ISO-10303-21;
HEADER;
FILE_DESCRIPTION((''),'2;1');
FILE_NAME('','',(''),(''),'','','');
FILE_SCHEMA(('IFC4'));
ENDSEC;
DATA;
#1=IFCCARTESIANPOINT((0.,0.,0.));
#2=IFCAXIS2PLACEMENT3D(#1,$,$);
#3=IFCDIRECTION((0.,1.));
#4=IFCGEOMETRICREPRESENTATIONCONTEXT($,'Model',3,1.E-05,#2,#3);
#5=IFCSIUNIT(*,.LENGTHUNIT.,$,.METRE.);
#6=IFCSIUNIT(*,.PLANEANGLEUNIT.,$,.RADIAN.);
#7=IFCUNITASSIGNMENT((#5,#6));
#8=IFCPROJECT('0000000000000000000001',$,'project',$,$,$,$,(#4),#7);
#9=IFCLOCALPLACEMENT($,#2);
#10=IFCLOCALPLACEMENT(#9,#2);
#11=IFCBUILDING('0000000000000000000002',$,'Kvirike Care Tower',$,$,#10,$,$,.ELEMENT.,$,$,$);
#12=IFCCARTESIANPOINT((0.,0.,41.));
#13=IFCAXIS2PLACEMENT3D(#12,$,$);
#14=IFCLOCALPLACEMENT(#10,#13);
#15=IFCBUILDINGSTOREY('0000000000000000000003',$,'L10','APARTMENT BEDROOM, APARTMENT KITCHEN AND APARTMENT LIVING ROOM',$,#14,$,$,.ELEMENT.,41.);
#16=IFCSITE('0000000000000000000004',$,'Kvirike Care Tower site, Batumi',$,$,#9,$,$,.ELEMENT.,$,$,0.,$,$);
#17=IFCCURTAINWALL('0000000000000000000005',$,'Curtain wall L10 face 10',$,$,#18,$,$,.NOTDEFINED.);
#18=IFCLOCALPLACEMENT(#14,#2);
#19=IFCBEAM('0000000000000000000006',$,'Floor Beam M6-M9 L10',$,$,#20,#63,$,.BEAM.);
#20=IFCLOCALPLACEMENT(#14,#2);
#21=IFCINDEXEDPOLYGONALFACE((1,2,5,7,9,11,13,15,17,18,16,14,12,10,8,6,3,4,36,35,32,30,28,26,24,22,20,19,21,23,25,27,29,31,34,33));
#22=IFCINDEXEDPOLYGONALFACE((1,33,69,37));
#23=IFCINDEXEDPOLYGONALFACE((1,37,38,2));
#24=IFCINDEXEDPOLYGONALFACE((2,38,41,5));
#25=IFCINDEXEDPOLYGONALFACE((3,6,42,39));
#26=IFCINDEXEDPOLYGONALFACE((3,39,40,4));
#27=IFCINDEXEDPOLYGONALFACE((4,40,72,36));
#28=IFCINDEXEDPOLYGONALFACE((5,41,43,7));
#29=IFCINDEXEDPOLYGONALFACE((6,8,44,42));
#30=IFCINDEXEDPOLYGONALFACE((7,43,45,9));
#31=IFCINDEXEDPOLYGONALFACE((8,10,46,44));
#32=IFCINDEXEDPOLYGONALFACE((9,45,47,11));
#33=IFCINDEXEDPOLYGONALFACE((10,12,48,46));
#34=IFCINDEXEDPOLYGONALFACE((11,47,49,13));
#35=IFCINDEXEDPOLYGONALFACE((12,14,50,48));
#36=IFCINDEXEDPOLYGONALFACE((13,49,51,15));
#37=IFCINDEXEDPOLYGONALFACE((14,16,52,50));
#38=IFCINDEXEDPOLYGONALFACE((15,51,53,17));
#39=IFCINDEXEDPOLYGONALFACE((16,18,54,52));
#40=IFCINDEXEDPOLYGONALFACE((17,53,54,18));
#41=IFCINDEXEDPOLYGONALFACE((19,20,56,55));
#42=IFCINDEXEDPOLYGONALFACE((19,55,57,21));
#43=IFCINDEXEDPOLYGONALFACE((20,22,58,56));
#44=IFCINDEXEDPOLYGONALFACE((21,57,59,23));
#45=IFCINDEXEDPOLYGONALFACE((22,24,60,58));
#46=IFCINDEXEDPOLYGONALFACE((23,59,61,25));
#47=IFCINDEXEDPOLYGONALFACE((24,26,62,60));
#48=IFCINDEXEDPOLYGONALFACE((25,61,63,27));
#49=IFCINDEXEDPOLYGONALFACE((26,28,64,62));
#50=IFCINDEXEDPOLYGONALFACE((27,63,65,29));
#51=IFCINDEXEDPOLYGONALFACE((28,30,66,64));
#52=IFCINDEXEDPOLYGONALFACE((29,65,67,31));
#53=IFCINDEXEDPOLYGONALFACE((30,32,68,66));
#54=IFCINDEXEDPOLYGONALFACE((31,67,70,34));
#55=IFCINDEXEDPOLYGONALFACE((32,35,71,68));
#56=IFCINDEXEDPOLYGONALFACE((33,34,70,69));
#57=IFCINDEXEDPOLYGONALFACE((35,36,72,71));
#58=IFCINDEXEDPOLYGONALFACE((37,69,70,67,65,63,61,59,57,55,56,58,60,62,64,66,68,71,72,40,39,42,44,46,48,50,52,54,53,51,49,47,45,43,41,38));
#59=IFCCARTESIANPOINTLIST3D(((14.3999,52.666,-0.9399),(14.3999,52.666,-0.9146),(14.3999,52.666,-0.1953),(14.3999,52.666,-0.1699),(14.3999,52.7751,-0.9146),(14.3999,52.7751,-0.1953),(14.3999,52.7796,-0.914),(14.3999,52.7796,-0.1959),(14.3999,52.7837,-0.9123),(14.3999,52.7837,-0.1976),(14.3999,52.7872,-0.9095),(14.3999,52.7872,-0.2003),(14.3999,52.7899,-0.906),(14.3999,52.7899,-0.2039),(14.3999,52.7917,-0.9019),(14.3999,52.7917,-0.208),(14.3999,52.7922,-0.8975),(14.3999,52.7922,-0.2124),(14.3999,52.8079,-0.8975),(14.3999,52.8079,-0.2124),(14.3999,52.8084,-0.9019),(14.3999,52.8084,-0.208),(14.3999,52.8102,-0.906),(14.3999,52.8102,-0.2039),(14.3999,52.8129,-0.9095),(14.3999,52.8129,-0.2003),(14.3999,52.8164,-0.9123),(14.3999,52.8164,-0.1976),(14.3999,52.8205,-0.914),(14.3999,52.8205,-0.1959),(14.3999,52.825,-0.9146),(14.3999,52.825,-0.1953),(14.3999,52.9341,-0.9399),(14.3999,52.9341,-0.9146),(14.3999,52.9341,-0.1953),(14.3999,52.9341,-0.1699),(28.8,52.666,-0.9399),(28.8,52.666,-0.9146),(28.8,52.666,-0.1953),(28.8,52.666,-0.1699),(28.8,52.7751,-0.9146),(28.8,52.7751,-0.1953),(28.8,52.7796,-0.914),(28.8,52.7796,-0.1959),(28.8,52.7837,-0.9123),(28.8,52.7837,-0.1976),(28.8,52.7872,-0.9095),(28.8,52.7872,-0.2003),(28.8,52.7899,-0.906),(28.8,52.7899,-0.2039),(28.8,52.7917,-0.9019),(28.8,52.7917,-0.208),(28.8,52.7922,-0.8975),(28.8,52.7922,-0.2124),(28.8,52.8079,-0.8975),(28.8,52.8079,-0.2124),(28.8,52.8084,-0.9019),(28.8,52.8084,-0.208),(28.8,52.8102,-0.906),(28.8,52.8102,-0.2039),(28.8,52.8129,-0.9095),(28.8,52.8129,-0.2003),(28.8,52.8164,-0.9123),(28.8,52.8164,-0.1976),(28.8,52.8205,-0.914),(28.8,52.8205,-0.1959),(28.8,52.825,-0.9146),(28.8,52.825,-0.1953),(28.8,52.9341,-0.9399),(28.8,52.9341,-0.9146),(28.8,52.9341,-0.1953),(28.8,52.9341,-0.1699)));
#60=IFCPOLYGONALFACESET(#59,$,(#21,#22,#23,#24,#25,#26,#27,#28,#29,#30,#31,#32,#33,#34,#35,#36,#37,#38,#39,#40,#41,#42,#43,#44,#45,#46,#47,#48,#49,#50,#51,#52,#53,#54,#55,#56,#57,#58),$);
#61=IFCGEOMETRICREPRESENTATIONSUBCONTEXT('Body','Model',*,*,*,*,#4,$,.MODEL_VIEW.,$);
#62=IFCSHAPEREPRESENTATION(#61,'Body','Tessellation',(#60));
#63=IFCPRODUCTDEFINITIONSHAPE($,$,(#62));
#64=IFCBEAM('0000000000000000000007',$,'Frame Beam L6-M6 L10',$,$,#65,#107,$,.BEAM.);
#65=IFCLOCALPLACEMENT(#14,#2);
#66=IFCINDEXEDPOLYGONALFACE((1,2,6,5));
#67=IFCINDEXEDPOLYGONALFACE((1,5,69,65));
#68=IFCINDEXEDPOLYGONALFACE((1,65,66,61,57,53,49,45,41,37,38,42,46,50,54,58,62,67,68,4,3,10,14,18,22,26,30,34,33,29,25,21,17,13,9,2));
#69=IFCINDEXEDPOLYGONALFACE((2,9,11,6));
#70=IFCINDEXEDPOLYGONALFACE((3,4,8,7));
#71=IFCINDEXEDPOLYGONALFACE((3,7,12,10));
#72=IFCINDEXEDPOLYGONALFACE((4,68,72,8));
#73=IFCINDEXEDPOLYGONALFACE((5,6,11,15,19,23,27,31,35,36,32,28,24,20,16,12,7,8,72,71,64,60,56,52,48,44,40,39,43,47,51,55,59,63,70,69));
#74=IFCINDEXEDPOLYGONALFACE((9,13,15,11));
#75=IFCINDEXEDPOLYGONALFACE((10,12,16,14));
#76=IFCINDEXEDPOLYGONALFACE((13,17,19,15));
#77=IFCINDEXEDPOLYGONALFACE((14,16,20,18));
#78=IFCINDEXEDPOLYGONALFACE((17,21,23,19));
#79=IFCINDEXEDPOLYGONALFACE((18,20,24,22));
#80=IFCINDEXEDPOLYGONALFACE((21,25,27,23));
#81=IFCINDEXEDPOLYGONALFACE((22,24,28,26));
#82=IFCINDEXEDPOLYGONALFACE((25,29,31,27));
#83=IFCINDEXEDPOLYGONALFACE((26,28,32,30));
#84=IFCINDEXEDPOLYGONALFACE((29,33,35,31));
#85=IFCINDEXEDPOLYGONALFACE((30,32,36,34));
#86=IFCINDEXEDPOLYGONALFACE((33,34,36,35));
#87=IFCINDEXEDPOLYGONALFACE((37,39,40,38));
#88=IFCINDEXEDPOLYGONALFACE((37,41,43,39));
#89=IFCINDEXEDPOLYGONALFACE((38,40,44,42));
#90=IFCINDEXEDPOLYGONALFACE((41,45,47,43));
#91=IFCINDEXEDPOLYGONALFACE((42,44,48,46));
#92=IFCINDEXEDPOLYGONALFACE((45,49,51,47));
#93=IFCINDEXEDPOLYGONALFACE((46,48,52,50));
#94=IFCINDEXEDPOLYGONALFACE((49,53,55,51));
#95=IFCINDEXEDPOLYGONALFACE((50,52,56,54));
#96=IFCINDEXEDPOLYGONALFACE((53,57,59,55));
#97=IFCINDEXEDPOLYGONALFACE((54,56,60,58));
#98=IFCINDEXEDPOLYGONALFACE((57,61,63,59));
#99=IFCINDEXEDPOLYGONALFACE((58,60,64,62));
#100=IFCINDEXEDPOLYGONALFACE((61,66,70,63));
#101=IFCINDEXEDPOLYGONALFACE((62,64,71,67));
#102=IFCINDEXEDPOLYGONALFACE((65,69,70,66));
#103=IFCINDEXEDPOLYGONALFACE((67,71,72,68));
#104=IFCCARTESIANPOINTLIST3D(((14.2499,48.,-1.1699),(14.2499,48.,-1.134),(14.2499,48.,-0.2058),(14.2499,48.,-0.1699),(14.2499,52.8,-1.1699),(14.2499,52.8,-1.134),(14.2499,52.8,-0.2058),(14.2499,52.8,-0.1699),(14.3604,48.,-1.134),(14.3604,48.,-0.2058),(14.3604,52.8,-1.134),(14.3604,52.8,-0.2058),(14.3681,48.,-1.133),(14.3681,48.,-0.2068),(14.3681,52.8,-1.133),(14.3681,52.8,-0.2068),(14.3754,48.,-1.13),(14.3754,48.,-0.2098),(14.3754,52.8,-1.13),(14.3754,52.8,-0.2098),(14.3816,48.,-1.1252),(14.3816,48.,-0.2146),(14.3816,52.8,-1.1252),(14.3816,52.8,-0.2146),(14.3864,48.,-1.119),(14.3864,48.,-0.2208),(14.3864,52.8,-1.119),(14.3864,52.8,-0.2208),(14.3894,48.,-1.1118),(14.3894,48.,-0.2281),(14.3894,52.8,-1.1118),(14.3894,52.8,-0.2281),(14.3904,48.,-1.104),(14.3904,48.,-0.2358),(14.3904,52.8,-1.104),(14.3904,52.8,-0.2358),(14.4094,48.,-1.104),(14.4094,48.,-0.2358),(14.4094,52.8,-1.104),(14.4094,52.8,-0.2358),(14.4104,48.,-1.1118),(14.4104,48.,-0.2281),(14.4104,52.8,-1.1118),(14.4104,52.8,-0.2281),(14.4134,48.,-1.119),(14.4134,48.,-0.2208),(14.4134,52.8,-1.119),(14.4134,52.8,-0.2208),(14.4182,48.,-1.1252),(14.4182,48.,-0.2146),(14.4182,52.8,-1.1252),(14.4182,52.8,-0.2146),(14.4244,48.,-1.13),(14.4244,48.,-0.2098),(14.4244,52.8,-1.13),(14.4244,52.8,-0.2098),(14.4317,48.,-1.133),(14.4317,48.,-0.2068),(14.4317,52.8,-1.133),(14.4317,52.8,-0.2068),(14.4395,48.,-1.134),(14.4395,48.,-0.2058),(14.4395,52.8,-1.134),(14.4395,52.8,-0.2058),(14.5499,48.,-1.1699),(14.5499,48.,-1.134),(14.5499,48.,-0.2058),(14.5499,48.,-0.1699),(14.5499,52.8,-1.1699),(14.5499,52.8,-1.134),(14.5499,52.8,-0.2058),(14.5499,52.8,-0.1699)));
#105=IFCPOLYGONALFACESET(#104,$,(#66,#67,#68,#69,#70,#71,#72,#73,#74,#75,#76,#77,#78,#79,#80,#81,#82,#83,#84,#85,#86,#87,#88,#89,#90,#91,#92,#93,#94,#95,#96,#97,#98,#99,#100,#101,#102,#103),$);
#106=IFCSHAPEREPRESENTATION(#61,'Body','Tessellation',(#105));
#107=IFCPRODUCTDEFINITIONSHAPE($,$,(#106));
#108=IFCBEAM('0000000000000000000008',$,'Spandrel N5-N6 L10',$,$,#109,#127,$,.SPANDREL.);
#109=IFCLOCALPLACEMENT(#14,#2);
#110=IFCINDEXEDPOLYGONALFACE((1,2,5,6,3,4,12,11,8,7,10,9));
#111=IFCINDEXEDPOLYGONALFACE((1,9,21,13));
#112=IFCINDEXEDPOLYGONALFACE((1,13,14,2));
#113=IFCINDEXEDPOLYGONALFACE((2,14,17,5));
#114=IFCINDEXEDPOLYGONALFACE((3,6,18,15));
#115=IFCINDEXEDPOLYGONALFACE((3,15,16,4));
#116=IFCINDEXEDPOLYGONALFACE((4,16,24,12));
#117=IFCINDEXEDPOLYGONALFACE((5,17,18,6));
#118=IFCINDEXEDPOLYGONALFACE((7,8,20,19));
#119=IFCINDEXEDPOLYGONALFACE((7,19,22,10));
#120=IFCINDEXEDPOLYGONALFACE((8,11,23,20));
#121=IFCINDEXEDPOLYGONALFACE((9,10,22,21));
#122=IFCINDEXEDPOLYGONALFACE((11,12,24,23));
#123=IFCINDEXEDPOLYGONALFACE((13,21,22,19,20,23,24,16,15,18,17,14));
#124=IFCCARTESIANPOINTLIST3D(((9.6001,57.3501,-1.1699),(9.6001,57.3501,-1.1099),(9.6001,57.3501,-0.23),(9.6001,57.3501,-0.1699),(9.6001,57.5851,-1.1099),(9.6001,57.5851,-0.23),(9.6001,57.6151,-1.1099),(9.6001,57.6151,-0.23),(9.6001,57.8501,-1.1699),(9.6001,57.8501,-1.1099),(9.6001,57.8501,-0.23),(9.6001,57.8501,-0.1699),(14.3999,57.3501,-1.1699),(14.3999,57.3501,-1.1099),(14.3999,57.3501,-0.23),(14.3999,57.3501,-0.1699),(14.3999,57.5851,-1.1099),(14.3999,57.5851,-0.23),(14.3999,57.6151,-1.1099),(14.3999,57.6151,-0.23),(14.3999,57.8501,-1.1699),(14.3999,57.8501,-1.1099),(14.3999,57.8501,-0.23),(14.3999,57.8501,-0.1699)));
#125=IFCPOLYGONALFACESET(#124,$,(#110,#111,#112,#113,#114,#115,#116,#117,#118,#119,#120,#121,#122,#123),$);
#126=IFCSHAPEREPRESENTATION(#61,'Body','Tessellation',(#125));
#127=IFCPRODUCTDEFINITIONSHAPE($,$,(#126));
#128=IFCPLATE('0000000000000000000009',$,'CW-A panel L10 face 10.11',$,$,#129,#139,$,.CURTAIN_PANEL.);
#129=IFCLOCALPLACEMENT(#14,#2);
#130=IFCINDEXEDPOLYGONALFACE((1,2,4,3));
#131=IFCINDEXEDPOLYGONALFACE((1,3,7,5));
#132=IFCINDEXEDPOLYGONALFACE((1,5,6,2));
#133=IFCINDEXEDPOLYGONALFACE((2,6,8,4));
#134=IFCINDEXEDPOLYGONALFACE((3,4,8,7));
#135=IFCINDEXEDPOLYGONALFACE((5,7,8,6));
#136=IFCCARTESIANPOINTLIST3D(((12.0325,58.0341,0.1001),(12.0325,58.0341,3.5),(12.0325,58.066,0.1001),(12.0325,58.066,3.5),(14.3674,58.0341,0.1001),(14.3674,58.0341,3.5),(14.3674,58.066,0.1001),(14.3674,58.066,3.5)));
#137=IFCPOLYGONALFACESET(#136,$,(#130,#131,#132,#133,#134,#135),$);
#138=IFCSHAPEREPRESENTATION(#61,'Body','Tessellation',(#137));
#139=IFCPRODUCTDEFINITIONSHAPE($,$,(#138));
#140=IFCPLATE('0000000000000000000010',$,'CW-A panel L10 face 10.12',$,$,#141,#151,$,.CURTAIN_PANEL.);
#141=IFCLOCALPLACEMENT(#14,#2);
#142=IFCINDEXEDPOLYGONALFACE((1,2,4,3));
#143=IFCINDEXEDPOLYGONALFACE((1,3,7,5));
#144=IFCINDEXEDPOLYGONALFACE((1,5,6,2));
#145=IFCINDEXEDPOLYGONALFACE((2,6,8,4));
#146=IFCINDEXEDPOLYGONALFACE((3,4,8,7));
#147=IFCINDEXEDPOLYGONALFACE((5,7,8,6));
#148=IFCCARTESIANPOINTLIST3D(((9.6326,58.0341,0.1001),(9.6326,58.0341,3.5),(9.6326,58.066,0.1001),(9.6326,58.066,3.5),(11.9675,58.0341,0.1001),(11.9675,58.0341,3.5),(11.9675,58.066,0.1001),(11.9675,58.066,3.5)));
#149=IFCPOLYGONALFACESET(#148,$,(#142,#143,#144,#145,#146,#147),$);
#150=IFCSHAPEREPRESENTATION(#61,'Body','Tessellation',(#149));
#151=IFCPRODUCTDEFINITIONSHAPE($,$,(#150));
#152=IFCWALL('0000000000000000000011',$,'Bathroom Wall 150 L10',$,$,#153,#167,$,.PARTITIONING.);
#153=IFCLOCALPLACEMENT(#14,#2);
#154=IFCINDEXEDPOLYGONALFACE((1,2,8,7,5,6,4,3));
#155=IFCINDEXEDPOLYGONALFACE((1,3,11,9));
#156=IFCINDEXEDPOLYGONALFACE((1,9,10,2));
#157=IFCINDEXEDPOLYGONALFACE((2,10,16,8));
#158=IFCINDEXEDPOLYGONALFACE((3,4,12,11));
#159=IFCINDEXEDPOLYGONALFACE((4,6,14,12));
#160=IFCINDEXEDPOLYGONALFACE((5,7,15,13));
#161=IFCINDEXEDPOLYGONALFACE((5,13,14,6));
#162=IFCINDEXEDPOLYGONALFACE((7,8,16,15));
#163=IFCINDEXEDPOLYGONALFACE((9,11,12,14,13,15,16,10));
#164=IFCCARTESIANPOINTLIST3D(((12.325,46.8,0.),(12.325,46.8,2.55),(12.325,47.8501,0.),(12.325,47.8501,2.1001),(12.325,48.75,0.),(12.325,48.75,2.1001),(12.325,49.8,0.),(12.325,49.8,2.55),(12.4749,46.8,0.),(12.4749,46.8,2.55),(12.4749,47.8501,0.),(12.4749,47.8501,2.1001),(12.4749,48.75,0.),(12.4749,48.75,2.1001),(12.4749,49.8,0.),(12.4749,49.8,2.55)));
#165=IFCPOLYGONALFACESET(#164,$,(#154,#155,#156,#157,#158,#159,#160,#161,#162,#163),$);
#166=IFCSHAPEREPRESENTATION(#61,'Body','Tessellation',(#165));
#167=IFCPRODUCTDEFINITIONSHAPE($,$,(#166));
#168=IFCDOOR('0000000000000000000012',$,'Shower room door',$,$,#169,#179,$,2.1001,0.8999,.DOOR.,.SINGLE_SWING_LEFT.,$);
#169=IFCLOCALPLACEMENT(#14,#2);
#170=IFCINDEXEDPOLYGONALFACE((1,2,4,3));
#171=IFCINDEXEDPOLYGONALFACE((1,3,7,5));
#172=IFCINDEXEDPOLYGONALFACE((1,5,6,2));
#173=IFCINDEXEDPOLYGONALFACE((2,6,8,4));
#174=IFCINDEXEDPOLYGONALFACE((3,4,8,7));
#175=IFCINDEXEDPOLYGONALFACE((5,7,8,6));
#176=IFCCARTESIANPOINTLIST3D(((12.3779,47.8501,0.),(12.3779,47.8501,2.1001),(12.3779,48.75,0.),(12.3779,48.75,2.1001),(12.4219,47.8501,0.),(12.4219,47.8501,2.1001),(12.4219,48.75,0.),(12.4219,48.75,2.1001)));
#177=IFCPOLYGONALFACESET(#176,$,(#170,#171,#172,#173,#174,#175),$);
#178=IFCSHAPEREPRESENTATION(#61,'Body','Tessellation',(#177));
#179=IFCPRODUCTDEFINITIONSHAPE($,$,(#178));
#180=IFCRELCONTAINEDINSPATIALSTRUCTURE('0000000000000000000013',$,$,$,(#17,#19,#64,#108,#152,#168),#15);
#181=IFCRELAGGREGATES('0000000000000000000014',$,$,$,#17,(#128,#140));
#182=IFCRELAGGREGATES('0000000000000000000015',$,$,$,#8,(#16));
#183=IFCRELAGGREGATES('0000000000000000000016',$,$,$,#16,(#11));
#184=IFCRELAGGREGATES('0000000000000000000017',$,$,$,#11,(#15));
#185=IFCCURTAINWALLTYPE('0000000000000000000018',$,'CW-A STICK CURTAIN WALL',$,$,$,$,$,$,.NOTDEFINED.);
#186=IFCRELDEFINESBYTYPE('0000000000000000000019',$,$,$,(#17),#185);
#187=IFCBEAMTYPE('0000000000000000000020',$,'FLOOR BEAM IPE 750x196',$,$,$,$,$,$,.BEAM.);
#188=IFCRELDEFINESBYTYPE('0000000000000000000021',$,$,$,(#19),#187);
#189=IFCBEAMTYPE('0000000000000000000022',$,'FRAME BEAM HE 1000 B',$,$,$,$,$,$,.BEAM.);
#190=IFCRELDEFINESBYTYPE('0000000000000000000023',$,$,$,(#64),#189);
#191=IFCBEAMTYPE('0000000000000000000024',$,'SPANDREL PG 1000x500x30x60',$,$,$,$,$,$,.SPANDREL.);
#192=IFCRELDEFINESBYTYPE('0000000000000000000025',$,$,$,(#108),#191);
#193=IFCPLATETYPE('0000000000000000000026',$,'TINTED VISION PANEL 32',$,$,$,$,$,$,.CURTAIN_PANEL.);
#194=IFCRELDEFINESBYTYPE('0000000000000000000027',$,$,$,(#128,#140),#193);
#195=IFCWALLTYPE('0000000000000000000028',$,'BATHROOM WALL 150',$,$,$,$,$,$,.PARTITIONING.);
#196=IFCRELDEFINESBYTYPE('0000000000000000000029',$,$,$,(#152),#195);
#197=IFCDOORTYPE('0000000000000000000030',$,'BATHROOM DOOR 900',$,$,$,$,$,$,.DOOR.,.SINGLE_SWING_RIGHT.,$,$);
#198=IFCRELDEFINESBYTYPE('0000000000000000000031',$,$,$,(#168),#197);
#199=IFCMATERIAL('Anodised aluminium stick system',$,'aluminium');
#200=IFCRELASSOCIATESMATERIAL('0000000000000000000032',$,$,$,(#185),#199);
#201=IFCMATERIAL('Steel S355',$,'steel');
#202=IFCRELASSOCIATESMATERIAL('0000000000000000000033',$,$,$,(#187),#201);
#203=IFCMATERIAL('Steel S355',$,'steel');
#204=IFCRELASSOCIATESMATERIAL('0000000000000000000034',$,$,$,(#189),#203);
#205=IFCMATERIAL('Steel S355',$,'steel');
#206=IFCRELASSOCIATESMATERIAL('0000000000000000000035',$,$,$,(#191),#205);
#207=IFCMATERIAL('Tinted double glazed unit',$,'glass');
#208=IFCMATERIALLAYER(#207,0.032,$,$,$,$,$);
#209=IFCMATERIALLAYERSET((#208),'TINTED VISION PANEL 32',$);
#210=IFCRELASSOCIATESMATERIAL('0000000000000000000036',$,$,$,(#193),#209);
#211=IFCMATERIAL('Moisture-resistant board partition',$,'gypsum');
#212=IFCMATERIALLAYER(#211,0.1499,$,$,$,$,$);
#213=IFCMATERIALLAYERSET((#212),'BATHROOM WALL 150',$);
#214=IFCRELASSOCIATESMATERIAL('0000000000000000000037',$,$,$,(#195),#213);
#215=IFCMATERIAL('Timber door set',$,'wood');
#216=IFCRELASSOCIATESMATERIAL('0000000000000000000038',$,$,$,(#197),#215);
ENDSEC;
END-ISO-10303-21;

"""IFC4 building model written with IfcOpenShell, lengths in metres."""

from ifc_helpers import new_model, si_unit, direction, frame, frame_2d, origin, origin_2d, place, context, subcontext, project, spatial, rectangle, i_section, extrude, material, layer, layer_set, material_profile, profile_set, type_object, element, fill, aggregate, save


model = new_model("IFC4")

# Units and contexts
model_context = context("Model", 3, precision=1e-05, world=origin(), true_north=direction((0.0, 1.0)))
body_context = subcontext(model_context, "Body", "Model", "MODEL_VIEW")
ifc_project = project(units=[si_unit("LENGTHUNIT", "METRE"), si_unit("PLANEANGLEUNIT", "RADIAN")], contexts=[model_context])

# Site, building, storey
site_placement = place(None, origin())
site = spatial("IfcSite", under=ifc_project, at=site_placement, Name="Kvirike Care Tower site, Batumi", CompositionType="ELEMENT", RefElevation=0.0)
building_placement = place(site_placement, origin())
building = spatial("IfcBuilding", under=site, at=building_placement, Name="Kvirike Care Tower", CompositionType="ELEMENT")
storey_placement = place(building_placement, frame((0.0, 0.0, 41.0)))
storey = spatial("IfcBuildingStorey", under=building, at=storey_placement, Name="L10", Description="APARTMENT BEDROOM, APARTMENT KITCHEN AND APARTMENT LIVING ROOM", CompositionType="ELEMENT", Elevation=41.0)

# Curtain wall
ifc_material_1 = material(Name="Anodised aluminium stick system", Category="aluminium")
curtain_wall_type = type_object("IfcCurtainWallType", Name="CW-A STICK CURTAIN WALL", PredefinedType="NOTDEFINED", material=ifc_material_1)
curtain_wall_placement = place(storey_placement, origin())
curtain_wall = element("IfcCurtainWall", 1, at=curtain_wall_placement, inside=storey, type_object=curtain_wall_type, Name="Curtain wall L10 face 10", PredefinedType="NOTDEFINED")

# Beams
ifc_material_2 = material(Name="Steel S355", Category="steel")
ifc_material_profile_1 = material_profile(ifc_material_2, i_section(OverallWidth=0.2681, OverallDepth=0.77, WebThickness=0.0156, FlangeThickness=0.0254, FilletRadius=0.0171, at=origin_2d()), Name="IPE 750x196")
ifc_profile_set_1 = profile_set([ifc_material_profile_1], Name="Steel S355")
beam_type_1 = type_object("IfcBeamType", Name="FLOOR BEAM IPE 750x196", PredefinedType="BEAM", material=ifc_profile_set_1)
for number, where, z_axis, x_axis, name in (
    (2, (14.3999, 52.8, -0.5549), (1.0, 0.0, 0.0), (0.0, 1.0, 0.0), "Floor Beam M6-M9 L10"),
):
    element("IfcBeam", number, at=place(storey_placement, frame(where, z_axis=z_axis, x_axis=x_axis)), inside=storey, type_object=beam_type_1, Name=name, PredefinedType="BEAM", context=body_context, shape_type="SweptSolid", body=[
        extrude(i_section(OverallWidth=0.2681, OverallDepth=0.77, WebThickness=0.0156, FlangeThickness=0.0254, FilletRadius=0.0171, at=origin_2d()), origin(), (0.0, 0.0, 1.0), 14.4001),
    ])
ifc_material_3 = material(Name="Steel S355", Category="steel")
ifc_material_profile_2 = material_profile(ifc_material_3, i_section(OverallWidth=0.3, OverallDepth=1.0, WebThickness=0.019, FlangeThickness=0.0359, FilletRadius=0.03, at=origin_2d()), Name="HE 1000 B")
ifc_profile_set_2 = profile_set([ifc_material_profile_2], Name="Steel S355")
beam_type_2 = type_object("IfcBeamType", Name="FRAME BEAM HE 1000 B", PredefinedType="BEAM", material=ifc_profile_set_2)
beam_1_placement = place(storey_placement, frame((14.3999, 48.0, -0.6699), z_axis=(0.0, 1.0, 0.0), x_axis=(-1.0, 0.0, 0.0)))
element("IfcBeam", 3, at=beam_1_placement, inside=storey, type_object=beam_type_2, Name="Frame Beam L6-M6 L10", PredefinedType="BEAM", context=body_context, shape_type="SweptSolid", body=[
    extrude(i_section(OverallWidth=0.3, OverallDepth=1.0, WebThickness=0.019, FlangeThickness=0.0359, FilletRadius=0.03, at=origin_2d()), origin(), (0.0, 0.0, 1.0), 4.8),
])
ifc_material_4 = material(Name="Steel S355", Category="steel")
ifc_material_profile_3 = material_profile(ifc_material_4, i_section(OverallWidth=0.5, OverallDepth=1.0, WebThickness=0.03, FlangeThickness=0.0601, at=origin_2d()), Name="PG 1000x500x30x60")
ifc_profile_set_3 = profile_set([ifc_material_profile_3], Name="Steel S355")
beam_type_3 = type_object("IfcBeamType", Name="SPANDREL PG 1000x500x30x60", PredefinedType="SPANDREL", material=ifc_profile_set_3)
beam_2_placement = place(storey_placement, frame((9.6001, 57.6001, -0.6699), z_axis=(1.0, 0.0, 0.0), x_axis=(0.0, 1.0, 0.0)))
element("IfcBeam", 4, at=beam_2_placement, inside=storey, type_object=beam_type_3, Name="Spandrel N5-N6 L10", PredefinedType="SPANDREL", context=body_context, shape_type="SweptSolid", body=[
    extrude(i_section(OverallWidth=0.5, OverallDepth=1.0, WebThickness=0.03, FlangeThickness=0.0601, at=origin_2d()), origin(), (0.0, 0.0, 1.0), 4.7998),
])

# Plates
ifc_material_5 = material(Name="Tinted double glazed unit", Category="glass")
ifc_layer_1 = layer(ifc_material_5, 0.032)
ifc_layer_set_1 = layer_set([ifc_layer_1], Name="TINTED VISION PANEL 32")
plate_type = type_object("IfcPlateType", Name="TINTED VISION PANEL 32", PredefinedType="CURTAIN_PANEL", material=ifc_layer_set_1)
plate_1_placement = place(storey_placement, frame((13.2, 58.05, 0.1001), z_axis=(0.0, 0.0, 1.0), x_axis=(-1.0, 0.0, 0.0)))
plate_1 = element("IfcPlate", 5, at=plate_1_placement, type_object=plate_type, Name="CW-A panel L10 face 10.11", PredefinedType="CURTAIN_PANEL", context=body_context, shape_type="SweptSolid", body=[
    extrude(rectangle(XDim=2.335, YDim=0.032, at=origin_2d()), origin(), (0.0, 0.0, 1.0), 3.3999),
])
plate_2_placement = place(storey_placement, frame((10.8, 58.05, 0.1001), z_axis=(0.0, 0.0, 1.0), x_axis=(-1.0, 0.0, 0.0)))
plate_2 = element("IfcPlate", 6, at=plate_2_placement, type_object=plate_type, Name="CW-A panel L10 face 10.12", PredefinedType="CURTAIN_PANEL", context=body_context, shape_type="SweptSolid", body=[
    extrude(rectangle(XDim=2.335, YDim=0.032, at=origin_2d()), origin(), (0.0, 0.0, 1.0), 3.3999),
])
aggregate(curtain_wall, [plate_1, plate_2])

# Wall, opening, door
ifc_material_6 = material(Name="Moisture-resistant board partition", Category="gypsum")
ifc_layer_2 = layer(ifc_material_6, 0.1499)
ifc_layer_set_2 = layer_set([ifc_layer_2], Name="BATHROOM WALL 150")
wall_type_1 = type_object("IfcWallType", Name="BATHROOM WALL 150", PredefinedType="PARTITIONING", material=ifc_layer_set_2)
wall_1_placement = place(storey_placement, frame((12.3999, 49.8, 0.0), z_axis=(0.0, 0.0, 1.0), x_axis=(0.0, -1.0, 0.0)))
wall_1 = element("IfcWall", 7, at=wall_1_placement, inside=storey, type_object=wall_type_1, Name="Bathroom Wall 150 L10", PredefinedType="PARTITIONING", context=body_context, shape_type="SweptSolid", body=[
    extrude(rectangle(XDim=3.0, YDim=0.1499, at=frame_2d((1.5, 0.0))), origin(), (0.0, 0.0, 1.0), 2.55),
])
opening_1_placement = place(wall_1_placement, frame((1.05, 0.0, 0.0)))
opening_1 = element("IfcOpeningElement", 8, at=opening_1_placement, cuts=wall_1, PredefinedType="OPENING", context=body_context, shape_type="SweptSolid", body=[
    extrude(rectangle(XDim=0.8999, YDim=2.1001, at=frame_2d((0.45, 1.05))), frame((0.0, 0.0854, 0.0), z_axis=(0.0, -1.0, 0.0), x_axis=(1.0, 0.0, 0.0)), (0.0, 0.0, 1.0), 0.1709),
])
ifc_material_7 = material(Name="Timber door set", Category="wood")
door_type_1 = type_object("IfcDoorType", Name="BATHROOM DOOR 900", OperationType="SINGLE_SWING_RIGHT", PredefinedType="DOOR", material=ifc_material_7)
door_1_placement = place(opening_1_placement, frame((0.8999, 0.0, 0.0), z_axis=(0.0, 0.0, 1.0), x_axis=(-1.0, 0.0, 0.0)))
door_1 = element("IfcDoor", 9, at=door_1_placement, inside=storey, type_object=door_type_1, Name="Shower room door", OperationType="SINGLE_SWING_LEFT", OverallHeight=2.1001, OverallWidth=0.8999, PredefinedType="DOOR", context=body_context, shape_type="SweptSolid", body=[
    extrude(rectangle(XDim=0.8999, YDim=2.1001, at=frame_2d((0.45, 1.05))), frame((0.0, 0.022, 0.0), z_axis=(0.0, -1.0, 0.0), x_axis=(1.0, 0.0, 0.0)), (0.0, 0.0, 1.0), 0.0439),
])
fill(opening_1, door_1)

save(model, "model.ifc")
